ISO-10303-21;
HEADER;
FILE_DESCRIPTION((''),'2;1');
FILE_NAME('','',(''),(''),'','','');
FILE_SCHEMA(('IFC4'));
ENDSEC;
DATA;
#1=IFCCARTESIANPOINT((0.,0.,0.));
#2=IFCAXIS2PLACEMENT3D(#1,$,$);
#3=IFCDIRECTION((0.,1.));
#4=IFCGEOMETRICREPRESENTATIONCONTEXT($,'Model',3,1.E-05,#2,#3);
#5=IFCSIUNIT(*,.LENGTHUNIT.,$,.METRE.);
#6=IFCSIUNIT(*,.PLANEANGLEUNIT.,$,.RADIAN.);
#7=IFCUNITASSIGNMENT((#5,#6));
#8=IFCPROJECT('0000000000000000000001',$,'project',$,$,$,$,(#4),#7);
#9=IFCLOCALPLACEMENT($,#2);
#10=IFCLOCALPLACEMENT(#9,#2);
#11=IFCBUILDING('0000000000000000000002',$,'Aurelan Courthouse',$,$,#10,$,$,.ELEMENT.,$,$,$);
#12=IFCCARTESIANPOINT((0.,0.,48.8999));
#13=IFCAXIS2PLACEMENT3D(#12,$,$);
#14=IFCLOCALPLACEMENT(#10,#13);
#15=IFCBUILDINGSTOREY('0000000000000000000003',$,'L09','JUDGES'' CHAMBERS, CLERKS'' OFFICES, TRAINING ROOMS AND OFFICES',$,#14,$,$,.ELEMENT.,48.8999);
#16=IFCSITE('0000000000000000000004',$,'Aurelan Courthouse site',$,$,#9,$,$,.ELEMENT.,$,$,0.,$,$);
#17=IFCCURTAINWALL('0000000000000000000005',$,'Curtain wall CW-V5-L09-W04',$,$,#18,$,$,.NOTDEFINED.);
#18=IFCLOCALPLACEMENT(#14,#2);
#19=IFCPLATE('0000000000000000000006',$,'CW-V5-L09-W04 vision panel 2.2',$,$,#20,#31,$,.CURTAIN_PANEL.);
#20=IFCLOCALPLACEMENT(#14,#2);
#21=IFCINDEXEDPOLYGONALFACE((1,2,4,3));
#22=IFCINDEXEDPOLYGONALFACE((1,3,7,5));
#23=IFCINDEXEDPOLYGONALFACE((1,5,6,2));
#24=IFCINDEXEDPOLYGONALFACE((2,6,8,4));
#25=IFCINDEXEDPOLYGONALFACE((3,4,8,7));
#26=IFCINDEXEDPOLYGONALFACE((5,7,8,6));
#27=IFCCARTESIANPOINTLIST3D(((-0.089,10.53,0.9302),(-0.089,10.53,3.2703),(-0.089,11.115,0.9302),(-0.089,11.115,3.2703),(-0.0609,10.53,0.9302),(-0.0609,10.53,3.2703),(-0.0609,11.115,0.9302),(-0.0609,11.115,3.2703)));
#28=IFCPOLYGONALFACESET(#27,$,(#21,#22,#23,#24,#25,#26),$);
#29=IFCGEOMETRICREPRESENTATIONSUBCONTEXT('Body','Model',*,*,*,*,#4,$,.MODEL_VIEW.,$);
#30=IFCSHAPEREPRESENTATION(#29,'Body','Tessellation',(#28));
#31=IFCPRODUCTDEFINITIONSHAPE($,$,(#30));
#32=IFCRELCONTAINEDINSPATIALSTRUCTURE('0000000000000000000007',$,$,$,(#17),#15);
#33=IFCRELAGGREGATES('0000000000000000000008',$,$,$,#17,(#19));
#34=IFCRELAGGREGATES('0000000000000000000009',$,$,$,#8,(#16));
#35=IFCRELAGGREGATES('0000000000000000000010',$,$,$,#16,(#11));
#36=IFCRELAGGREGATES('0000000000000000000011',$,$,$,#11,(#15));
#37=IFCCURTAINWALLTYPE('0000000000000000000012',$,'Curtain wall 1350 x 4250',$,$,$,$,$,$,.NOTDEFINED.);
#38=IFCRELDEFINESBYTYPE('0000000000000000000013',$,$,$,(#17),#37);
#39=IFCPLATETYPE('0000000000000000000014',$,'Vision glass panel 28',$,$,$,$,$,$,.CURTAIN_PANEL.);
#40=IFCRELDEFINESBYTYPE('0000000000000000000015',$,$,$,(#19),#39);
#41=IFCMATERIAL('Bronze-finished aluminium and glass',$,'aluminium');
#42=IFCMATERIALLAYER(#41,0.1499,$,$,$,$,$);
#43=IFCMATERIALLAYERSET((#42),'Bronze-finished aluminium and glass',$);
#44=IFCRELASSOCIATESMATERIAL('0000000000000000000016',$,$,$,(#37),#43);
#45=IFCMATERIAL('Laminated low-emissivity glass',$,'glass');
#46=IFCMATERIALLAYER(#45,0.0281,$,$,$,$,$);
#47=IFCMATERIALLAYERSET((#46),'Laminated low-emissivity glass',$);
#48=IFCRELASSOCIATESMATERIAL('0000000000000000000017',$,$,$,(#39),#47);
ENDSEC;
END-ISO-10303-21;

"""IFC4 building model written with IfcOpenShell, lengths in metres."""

from ifc_helpers import new_model, si_unit, direction, frame, origin, origin_2d, place, context, subcontext, project, spatial, rectangle, extrude, material, layer, layer_set, type_object, element, aggregate, save


model = new_model("IFC4")

# Units and contexts
model_context = context("Model", 3, precision=1e-05, world=origin(), true_north=direction((0.0, 1.0)))
body_context = subcontext(model_context, "Body", "Model", "MODEL_VIEW")
ifc_project = project(units=[si_unit("LENGTHUNIT", "METRE"), si_unit("PLANEANGLEUNIT", "RADIAN")], contexts=[model_context])

# Site, building, storey
site_placement = place(None, origin())
site = spatial("IfcSite", under=ifc_project, at=site_placement, Name="Aurelan Courthouse site", CompositionType="ELEMENT", RefElevation=0.0)
building_placement = place(site_placement, origin())
building = spatial("IfcBuilding", under=site, at=building_placement, Name="Aurelan Courthouse", CompositionType="ELEMENT")
storey_placement = place(building_placement, frame((0.0, 0.0, 48.8999)))
storey = spatial("IfcBuildingStorey", under=building, at=storey_placement, Name="L09", Description="JUDGES' CHAMBERS, CLERKS' OFFICES, TRAINING ROOMS AND OFFICES", CompositionType="ELEMENT", Elevation=48.8999)

# Curtain wall
ifc_material_1 = material(Name="Bronze-finished aluminium and glass", Category="aluminium")
ifc_layer_1 = layer(ifc_material_1, 0.1499)
ifc_layer_set_1 = layer_set([ifc_layer_1], Name="Bronze-finished aluminium and glass")
curtain_wall_type = type_object("IfcCurtainWallType", Name="Curtain wall 1350 x 4250", PredefinedType="NOTDEFINED", material=ifc_layer_set_1)
curtain_wall_1_placement = place(storey_placement, origin())
curtain_wall_1 = element("IfcCurtainWall", 1, at=curtain_wall_1_placement, inside=storey, type_object=curtain_wall_type, Name="Curtain wall CW-V5-L09-W04", PredefinedType="NOTDEFINED")

# Plate
ifc_material_2 = material(Name="Laminated low-emissivity glass", Category="glass")
ifc_layer_2 = layer(ifc_material_2, 0.0281)
ifc_layer_set_2 = layer_set([ifc_layer_2], Name="Laminated low-emissivity glass")
plate_type_1 = type_object("IfcPlateType", Name="Vision glass panel 28", PredefinedType="CURTAIN_PANEL", material=ifc_layer_set_2)
plate_1_placement = place(storey_placement, frame((-0.075, 10.8225, 0.9302), z_axis=(0.0, 0.0, 1.0), x_axis=(0.0, 1.0, 0.0)))
plate_1 = element("IfcPlate", 2, at=plate_1_placement, type_object=plate_type_1, Name="CW-V5-L09-W04 vision panel 2.2", PredefinedType="CURTAIN_PANEL", context=body_context, shape_type="SweptSolid", body=[
    extrude(rectangle(XDim=0.585, YDim=0.0281, at=origin_2d()), origin(), (0.0, 0.0, 1.0), 2.3401),
])
aggregate(curtain_wall_1, [plate_1])

save(model, "model.ifc")
